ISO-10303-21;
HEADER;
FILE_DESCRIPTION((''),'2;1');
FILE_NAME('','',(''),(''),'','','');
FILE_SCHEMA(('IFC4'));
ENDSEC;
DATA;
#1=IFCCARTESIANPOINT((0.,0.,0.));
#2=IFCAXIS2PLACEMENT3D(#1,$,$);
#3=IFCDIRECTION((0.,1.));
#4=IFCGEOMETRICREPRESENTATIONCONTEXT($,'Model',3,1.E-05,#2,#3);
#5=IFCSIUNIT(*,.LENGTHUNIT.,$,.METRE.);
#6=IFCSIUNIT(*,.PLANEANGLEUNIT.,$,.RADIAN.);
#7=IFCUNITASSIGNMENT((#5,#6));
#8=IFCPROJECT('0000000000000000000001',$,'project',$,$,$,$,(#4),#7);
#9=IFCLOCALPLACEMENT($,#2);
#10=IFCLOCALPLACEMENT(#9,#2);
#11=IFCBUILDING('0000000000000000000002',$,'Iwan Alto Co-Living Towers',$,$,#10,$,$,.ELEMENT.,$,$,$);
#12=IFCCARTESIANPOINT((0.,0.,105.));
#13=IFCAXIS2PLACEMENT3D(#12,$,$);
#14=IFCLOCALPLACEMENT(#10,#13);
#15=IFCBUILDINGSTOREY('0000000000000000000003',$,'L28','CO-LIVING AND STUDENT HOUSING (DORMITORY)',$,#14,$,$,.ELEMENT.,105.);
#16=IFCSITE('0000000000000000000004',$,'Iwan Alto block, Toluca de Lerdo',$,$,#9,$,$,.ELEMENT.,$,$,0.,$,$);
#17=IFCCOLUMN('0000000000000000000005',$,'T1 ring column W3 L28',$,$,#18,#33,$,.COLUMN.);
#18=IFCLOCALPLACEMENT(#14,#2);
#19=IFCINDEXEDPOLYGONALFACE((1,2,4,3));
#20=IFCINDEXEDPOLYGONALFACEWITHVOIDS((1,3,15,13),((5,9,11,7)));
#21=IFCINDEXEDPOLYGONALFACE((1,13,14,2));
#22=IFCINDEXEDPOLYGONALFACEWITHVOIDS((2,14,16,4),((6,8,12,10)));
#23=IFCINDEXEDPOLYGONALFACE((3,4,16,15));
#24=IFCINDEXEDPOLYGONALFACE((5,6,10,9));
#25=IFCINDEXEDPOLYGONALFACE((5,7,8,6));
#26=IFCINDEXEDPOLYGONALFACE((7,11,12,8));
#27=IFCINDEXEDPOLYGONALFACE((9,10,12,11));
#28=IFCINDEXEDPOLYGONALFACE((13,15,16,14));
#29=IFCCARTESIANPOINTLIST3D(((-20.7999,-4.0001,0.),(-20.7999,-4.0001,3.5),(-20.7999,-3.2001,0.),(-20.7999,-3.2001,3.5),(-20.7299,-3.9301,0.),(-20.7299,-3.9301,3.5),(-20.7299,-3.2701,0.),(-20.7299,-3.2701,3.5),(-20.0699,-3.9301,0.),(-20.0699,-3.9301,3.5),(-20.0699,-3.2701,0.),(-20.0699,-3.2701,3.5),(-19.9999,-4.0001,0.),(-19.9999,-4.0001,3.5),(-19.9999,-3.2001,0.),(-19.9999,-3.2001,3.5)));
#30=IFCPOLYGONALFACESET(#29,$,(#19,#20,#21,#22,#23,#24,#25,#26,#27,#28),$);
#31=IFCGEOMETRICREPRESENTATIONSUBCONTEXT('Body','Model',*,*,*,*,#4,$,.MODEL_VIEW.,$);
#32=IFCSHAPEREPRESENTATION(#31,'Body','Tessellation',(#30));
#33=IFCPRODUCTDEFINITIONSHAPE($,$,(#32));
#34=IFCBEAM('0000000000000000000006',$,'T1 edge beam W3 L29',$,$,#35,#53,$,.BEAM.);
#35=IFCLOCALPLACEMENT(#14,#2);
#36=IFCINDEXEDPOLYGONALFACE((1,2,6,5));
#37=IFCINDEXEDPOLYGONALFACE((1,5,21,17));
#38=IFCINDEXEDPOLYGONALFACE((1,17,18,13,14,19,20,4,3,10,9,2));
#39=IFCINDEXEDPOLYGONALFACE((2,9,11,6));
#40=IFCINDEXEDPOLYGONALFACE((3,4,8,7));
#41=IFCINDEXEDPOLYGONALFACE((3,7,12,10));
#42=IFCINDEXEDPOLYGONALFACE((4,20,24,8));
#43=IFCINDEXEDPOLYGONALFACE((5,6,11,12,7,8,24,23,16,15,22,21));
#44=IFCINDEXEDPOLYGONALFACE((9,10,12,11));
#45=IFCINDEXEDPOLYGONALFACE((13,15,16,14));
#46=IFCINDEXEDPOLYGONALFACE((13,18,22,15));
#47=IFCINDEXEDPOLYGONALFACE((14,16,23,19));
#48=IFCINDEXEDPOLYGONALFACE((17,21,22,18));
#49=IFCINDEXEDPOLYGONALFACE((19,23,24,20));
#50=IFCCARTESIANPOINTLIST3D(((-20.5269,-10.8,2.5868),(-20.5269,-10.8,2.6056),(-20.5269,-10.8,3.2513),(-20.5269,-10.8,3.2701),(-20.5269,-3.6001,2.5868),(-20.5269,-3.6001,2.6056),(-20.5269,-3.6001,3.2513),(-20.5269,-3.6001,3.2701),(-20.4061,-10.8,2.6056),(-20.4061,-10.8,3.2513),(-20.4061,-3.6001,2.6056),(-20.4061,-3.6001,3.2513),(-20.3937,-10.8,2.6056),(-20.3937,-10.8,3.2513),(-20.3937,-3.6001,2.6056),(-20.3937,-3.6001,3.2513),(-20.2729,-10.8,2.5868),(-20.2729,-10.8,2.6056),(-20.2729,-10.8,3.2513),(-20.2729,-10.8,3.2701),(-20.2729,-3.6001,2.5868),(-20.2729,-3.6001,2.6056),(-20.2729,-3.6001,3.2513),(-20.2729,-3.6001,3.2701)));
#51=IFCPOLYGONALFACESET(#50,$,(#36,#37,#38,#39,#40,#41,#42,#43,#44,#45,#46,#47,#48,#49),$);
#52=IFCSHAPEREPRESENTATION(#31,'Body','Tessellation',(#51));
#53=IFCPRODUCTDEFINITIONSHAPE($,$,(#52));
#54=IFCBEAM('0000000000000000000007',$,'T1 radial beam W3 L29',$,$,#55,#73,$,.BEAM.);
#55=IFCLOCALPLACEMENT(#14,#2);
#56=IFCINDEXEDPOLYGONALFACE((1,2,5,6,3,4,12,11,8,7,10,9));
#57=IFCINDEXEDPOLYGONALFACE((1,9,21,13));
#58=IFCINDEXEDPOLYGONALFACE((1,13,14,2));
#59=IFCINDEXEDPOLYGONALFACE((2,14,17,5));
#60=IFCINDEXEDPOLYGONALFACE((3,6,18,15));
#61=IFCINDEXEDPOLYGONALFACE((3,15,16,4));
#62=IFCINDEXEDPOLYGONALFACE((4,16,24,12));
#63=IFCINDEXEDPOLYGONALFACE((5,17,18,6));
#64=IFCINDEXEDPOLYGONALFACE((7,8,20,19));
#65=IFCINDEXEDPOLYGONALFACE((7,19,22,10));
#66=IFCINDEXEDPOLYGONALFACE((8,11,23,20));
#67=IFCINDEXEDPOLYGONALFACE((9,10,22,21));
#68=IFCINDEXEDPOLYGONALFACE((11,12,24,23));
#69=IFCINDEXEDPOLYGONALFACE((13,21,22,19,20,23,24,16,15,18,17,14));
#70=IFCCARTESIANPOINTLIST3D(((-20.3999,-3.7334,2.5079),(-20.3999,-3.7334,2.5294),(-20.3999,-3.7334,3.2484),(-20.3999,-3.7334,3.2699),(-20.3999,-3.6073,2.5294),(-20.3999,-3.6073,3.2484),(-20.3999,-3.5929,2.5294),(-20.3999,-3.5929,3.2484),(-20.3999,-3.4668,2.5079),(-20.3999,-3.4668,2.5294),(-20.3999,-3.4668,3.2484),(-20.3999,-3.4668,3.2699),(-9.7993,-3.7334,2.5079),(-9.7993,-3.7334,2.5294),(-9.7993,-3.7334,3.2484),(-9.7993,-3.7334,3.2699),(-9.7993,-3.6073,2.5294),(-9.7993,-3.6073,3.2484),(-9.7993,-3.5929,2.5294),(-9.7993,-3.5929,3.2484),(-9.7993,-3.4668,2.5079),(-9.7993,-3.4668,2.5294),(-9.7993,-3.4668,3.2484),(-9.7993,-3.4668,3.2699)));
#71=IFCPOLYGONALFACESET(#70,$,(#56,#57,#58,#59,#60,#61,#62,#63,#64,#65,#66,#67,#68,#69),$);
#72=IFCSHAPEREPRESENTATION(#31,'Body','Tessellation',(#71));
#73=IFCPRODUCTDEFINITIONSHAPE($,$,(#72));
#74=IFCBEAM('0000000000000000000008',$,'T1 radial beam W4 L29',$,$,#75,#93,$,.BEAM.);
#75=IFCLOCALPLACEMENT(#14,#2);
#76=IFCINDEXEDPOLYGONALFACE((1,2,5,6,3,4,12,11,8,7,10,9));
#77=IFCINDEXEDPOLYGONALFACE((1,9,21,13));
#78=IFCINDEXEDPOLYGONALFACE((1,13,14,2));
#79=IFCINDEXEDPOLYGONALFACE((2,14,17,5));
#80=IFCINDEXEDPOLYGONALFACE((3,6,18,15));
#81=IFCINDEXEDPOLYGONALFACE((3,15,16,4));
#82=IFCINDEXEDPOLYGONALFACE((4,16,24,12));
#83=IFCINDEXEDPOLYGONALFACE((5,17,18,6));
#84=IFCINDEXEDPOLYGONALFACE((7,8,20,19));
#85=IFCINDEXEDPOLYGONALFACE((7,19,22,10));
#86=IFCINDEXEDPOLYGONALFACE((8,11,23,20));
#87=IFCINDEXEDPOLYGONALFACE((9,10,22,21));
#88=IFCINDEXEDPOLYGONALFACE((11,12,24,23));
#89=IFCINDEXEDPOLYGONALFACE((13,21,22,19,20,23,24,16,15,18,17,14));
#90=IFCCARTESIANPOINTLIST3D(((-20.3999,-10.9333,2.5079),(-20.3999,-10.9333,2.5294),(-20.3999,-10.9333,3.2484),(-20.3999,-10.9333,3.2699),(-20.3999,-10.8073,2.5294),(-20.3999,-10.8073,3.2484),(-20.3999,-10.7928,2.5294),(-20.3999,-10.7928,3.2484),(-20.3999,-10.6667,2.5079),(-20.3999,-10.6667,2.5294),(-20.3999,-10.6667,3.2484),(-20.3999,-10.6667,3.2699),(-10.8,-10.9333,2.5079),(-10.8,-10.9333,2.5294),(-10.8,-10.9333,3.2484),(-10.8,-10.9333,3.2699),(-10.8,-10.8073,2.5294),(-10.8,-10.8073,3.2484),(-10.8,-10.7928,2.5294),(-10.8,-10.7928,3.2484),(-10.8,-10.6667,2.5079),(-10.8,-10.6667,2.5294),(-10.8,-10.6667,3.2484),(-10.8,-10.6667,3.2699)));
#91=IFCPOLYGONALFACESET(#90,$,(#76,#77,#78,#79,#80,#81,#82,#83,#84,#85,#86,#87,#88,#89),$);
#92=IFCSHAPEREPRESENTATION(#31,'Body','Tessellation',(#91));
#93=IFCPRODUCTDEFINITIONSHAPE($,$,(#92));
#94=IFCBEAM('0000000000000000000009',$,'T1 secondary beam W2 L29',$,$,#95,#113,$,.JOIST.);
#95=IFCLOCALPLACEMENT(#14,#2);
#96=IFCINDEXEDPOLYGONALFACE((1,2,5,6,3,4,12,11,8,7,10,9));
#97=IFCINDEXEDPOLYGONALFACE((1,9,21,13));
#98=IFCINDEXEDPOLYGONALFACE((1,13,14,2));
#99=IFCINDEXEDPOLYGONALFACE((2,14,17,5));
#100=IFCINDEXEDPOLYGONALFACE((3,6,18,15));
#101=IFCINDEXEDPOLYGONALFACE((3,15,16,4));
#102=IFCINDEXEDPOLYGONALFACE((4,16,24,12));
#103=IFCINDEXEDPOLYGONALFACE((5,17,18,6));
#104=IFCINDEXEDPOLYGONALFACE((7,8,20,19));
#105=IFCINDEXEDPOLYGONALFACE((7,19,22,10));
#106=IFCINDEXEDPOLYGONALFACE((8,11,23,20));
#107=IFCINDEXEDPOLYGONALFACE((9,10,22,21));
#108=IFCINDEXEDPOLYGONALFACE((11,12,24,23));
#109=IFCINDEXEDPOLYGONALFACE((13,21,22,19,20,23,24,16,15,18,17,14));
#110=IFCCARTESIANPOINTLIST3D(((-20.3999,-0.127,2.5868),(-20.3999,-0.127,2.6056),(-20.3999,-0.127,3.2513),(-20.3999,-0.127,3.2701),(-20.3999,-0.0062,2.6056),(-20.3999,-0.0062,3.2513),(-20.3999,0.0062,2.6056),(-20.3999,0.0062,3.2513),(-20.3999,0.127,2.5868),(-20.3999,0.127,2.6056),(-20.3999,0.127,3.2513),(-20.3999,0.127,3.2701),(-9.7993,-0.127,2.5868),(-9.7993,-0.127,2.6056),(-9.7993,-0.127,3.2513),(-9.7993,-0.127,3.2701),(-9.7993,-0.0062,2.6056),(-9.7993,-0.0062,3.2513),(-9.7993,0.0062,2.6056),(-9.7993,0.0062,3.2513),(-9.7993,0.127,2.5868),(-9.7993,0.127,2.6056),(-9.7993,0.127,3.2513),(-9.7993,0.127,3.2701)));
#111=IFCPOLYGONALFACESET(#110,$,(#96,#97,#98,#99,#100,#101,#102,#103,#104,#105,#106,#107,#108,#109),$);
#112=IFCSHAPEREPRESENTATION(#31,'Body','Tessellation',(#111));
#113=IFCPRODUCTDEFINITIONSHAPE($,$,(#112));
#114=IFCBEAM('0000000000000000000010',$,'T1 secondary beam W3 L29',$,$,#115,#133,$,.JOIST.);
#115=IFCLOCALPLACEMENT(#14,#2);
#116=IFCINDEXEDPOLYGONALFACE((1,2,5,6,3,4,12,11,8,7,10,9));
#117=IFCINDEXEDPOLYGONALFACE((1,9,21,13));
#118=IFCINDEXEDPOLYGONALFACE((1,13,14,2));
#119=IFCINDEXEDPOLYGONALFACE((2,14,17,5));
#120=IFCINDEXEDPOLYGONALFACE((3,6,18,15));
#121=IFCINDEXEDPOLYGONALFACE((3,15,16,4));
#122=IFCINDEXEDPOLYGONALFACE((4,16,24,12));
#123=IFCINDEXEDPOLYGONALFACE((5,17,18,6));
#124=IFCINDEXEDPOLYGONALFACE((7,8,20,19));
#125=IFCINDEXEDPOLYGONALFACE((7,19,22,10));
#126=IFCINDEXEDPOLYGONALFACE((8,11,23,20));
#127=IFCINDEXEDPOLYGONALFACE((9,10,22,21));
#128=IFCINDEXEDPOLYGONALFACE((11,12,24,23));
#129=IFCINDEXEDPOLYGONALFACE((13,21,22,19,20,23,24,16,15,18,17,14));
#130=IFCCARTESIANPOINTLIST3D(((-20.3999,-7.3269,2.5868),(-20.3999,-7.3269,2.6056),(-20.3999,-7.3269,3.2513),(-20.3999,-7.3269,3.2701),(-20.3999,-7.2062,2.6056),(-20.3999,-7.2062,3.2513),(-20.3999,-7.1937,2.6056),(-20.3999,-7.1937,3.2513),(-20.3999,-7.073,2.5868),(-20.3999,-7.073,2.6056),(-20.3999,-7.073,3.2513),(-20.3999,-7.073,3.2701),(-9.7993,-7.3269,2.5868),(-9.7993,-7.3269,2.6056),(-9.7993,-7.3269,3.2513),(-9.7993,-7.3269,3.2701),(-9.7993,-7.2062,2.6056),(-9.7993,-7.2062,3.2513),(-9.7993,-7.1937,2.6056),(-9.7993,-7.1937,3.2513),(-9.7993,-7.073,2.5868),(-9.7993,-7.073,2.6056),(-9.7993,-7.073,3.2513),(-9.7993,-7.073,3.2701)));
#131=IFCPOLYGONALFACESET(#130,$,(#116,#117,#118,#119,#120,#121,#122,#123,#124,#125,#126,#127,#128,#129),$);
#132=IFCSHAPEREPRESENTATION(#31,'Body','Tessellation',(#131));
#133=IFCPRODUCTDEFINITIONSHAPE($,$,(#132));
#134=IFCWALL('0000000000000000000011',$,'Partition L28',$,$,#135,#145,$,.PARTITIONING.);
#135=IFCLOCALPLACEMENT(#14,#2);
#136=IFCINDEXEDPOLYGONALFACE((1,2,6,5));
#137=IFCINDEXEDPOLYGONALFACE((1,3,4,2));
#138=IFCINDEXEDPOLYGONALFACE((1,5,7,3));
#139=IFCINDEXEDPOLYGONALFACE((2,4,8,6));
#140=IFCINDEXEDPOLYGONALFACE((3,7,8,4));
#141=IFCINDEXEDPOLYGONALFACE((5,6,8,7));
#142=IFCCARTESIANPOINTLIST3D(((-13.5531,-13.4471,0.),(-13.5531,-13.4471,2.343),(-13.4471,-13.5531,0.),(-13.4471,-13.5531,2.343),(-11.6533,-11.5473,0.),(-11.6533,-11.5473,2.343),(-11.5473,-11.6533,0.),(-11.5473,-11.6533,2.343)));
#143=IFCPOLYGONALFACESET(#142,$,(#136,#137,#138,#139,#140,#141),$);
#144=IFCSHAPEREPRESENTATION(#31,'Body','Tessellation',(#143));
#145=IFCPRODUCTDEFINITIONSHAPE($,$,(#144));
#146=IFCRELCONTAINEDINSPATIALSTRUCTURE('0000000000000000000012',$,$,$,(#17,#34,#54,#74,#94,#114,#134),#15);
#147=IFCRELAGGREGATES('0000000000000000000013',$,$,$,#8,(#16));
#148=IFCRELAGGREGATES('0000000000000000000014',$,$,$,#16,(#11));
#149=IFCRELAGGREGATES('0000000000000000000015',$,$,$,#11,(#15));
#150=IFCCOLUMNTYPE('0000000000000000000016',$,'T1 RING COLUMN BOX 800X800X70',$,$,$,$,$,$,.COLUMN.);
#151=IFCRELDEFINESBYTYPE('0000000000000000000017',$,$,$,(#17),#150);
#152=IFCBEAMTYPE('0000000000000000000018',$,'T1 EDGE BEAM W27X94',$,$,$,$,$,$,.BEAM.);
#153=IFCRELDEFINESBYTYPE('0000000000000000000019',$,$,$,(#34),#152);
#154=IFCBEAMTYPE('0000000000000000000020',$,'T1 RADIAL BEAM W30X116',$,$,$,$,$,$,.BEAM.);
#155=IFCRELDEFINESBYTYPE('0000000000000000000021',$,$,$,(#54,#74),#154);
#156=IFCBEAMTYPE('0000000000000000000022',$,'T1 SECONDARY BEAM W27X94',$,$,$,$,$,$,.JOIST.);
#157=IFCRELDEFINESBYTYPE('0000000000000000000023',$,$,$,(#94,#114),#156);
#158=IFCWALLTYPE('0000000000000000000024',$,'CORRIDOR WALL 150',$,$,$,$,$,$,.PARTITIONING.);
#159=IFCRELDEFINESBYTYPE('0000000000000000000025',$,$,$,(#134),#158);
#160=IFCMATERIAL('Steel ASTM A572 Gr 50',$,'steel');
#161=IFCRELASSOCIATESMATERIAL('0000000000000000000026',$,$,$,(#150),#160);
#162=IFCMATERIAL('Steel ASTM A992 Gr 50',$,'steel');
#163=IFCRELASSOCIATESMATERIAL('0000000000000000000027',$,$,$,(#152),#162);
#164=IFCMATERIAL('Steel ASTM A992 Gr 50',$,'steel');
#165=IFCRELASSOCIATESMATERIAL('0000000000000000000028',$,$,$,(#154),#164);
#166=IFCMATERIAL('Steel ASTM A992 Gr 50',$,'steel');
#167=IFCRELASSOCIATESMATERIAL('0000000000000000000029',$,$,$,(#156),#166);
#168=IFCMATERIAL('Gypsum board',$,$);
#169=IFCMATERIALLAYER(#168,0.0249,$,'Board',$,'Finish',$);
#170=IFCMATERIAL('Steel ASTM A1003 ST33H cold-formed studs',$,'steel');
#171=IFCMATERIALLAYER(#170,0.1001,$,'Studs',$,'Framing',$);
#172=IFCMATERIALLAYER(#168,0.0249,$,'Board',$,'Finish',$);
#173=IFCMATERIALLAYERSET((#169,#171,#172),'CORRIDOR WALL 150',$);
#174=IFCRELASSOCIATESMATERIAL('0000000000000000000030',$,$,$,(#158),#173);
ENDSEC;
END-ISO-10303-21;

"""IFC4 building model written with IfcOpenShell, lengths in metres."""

from ifc_helpers import new_model, si_unit, direction, frame, frame_2d, origin, origin_2d, place, context, subcontext, project, spatial, rectangle, hollow_rectangle, i_section, extrude, material, layer, layer_set, material_profile, profile_set, type_object, element, save


model = new_model("IFC4")

# Units and contexts
model_context = context("Model", 3, precision=1e-05, world=origin(), true_north=direction((0.0, 1.0)))
body_context = subcontext(model_context, "Body", "Model", "MODEL_VIEW")
ifc_project = project(units=[si_unit("LENGTHUNIT", "METRE"), si_unit("PLANEANGLEUNIT", "RADIAN")], contexts=[model_context])

# Site, building, storey
site_placement = place(None, origin())
site = spatial("IfcSite", under=ifc_project, at=site_placement, Name="Iwan Alto block, Toluca de Lerdo", CompositionType="ELEMENT", RefElevation=0.0)
building_placement = place(site_placement, origin())
building = spatial("IfcBuilding", under=site, at=building_placement, Name="Iwan Alto Co-Living Towers", CompositionType="ELEMENT")
storey_placement = place(building_placement, frame((0.0, 0.0, 105.0)))
storey = spatial("IfcBuildingStorey", under=building, at=storey_placement, Name="L28", Description="CO-LIVING AND STUDENT HOUSING (DORMITORY)", CompositionType="ELEMENT", Elevation=105.0)

# Column
ifc_material_1 = material(Name="Steel ASTM A572 Gr 50", Category="steel")
ifc_material_profile_1 = material_profile(ifc_material_1, hollow_rectangle(XDim=0.8, YDim=0.8, WallThickness=0.0701, at=origin_2d()), Name="BOX 800X800X70")
ifc_profile_set_1 = profile_set([ifc_material_profile_1], Name="Steel ASTM A572 Gr 50")
column_type = type_object("IfcColumnType", Name="T1 RING COLUMN BOX 800X800X70", PredefinedType="COLUMN", material=ifc_profile_set_1)
column_placement = place(storey_placement, frame((-20.3999, -3.6001, 0.0), z_axis=(0.0, 0.0, 1.0), x_axis=(1.0, 0.0, 0.0)))
element("IfcColumn", 1, at=column_placement, inside=storey, type_object=column_type, Name="T1 ring column W3 L28", PredefinedType="COLUMN", context=body_context, shape_type="SweptSolid", body=[
    extrude(hollow_rectangle(XDim=0.8, YDim=0.8, WallThickness=0.0701, at=origin_2d()), origin(), (0.0, 0.0, 1.0), 3.5),
])

# Beams
ifc_material_2 = material(Name="Steel ASTM A992 Gr 50", Category="steel")
ifc_material_profile_2 = material_profile(ifc_material_2, i_section(OverallWidth=0.2539, OverallDepth=0.6833, WebThickness=0.0125, FlangeThickness=0.0188, at=origin_2d()), Name="W27X94")
ifc_profile_set_2 = profile_set([ifc_material_profile_2], Name="Steel ASTM A992 Gr 50")
beam_type_1 = type_object("IfcBeamType", Name="T1 EDGE BEAM W27X94", PredefinedType="BEAM", material=ifc_profile_set_2)
beam_1_placement = place(storey_placement, frame((-20.3999, -3.6001, 2.9285), z_axis=(0.0, -1.0, 0.0), x_axis=(1.0, 0.0, 0.0)))
element("IfcBeam", 2, at=beam_1_placement, inside=storey, type_object=beam_type_1, Name="T1 edge beam W3 L29", PredefinedType="BEAM", context=body_context, shape_type="SweptSolid", body=[
    extrude(i_section(OverallWidth=0.2539, OverallDepth=0.6833, WebThickness=0.0125, FlangeThickness=0.0188, at=origin_2d()), origin(), (0.0, 0.0, 1.0), 7.2),
])
ifc_material_3 = material(Name="Steel ASTM A992 Gr 50", Category="steel")
ifc_material_profile_3 = material_profile(ifc_material_3, i_section(OverallWidth=0.2666, OverallDepth=0.762, WebThickness=0.0144, FlangeThickness=0.0215, at=origin_2d()), Name="W30X116")
ifc_profile_set_3 = profile_set([ifc_material_profile_3], Name="Steel ASTM A992 Gr 50")
beam_type_2 = type_object("IfcBeamType", Name="T1 RADIAL BEAM W30X116", PredefinedType="BEAM", material=ifc_profile_set_3)
beam_2_placement = place(storey_placement, frame((-20.3999, -3.6001, 2.8889), z_axis=(1.0, 0.0, 0.0), x_axis=(0.0, 1.0, 0.0)))
element("IfcBeam", 3, at=beam_2_placement, inside=storey, type_object=beam_type_2, Name="T1 radial beam W3 L29", PredefinedType="BEAM", context=body_context, shape_type="SweptSolid", body=[
    extrude(i_section(OverallWidth=0.2666, OverallDepth=0.762, WebThickness=0.0144, FlangeThickness=0.0215, at=origin_2d()), origin(), (0.0, 0.0, 1.0), 10.6006),
])
beam_3_placement = place(storey_placement, frame((-20.3999, -10.8, 2.8889), z_axis=(1.0, 0.0, 0.0), x_axis=(0.0, 1.0, 0.0)))
element("IfcBeam", 4, at=beam_3_placement, inside=storey, type_object=beam_type_2, Name="T1 radial beam W4 L29", PredefinedType="BEAM", context=body_context, shape_type="SweptSolid", body=[
    extrude(i_section(OverallWidth=0.2666, OverallDepth=0.762, WebThickness=0.0144, FlangeThickness=0.0215, at=origin_2d()), origin(), (0.0, 0.0, 1.0), 9.5999),
])
ifc_material_4 = material(Name="Steel ASTM A992 Gr 50", Category="steel")
ifc_material_profile_4 = material_profile(ifc_material_4, i_section(OverallWidth=0.2539, OverallDepth=0.6833, WebThickness=0.0125, FlangeThickness=0.0188, at=origin_2d()), Name="W27X94")
ifc_profile_set_4 = profile_set([ifc_material_profile_4], Name="Steel ASTM A992 Gr 50")
beam_type_3 = type_object("IfcBeamType", Name="T1 SECONDARY BEAM W27X94", PredefinedType="JOIST", material=ifc_profile_set_4)
for number, where, z_axis, x_axis, name in (
    (5, (-20.3999, 0.0, 2.9285), (1.0, 0.0, 0.0), (0.0, 1.0, 0.0), "T1 secondary beam W2 L29"),
    (6, (-20.3999, -7.2, 2.9285), (1.0, 0.0, 0.0), (0.0, 1.0, 0.0), "T1 secondary beam W3 L29"),
):
    element("IfcBeam", number, at=place(storey_placement, frame(where, z_axis=z_axis, x_axis=x_axis)), inside=storey, type_object=beam_type_3, Name=name, PredefinedType="JOIST", context=body_context, shape_type="SweptSolid", body=[
        extrude(i_section(OverallWidth=0.2539, OverallDepth=0.6833, WebThickness=0.0125, FlangeThickness=0.0188, at=origin_2d()), origin(), (0.0, 0.0, 1.0), 10.6006),
    ])

# Wall
ifc_material_5 = material(Name="Gypsum board")
ifc_layer_1 = layer(ifc_material_5, 0.0249, Name="Board", Category="Finish")
ifc_material_6 = material(Name="Steel ASTM A1003 ST33H cold-formed studs", Category="steel")
ifc_layer_2 = layer(ifc_material_6, 0.1001, Name="Studs", Category="Framing")
ifc_layer_3 = layer(ifc_material_5, 0.0249, Name="Board", Category="Finish")
ifc_layer_set_1 = layer_set([ifc_layer_1, ifc_layer_2, ifc_layer_3], Name="CORRIDOR WALL 150")
wall_type_1 = type_object("IfcWallType", Name="CORRIDOR WALL 150", PredefinedType="PARTITIONING", material=ifc_layer_set_1)
wall_1_placement = place(storey_placement, frame((-13.5, -13.5, 0.0), z_axis=(0.0, 0.0, 1.0), x_axis=(0.707107, 0.707107, 0.0)))
element("IfcWall", 7, at=wall_1_placement, inside=storey, type_object=wall_type_1, Name="Partition L28", PredefinedType="PARTITIONING", context=body_context, shape_type="SweptSolid", body=[
    extrude(rectangle(XDim=2.6868, YDim=0.1499, at=frame_2d((1.3433, 0.0))), origin(), (0.0, 0.0, 1.0), 2.343),
])

save(model, "model.ifc")
